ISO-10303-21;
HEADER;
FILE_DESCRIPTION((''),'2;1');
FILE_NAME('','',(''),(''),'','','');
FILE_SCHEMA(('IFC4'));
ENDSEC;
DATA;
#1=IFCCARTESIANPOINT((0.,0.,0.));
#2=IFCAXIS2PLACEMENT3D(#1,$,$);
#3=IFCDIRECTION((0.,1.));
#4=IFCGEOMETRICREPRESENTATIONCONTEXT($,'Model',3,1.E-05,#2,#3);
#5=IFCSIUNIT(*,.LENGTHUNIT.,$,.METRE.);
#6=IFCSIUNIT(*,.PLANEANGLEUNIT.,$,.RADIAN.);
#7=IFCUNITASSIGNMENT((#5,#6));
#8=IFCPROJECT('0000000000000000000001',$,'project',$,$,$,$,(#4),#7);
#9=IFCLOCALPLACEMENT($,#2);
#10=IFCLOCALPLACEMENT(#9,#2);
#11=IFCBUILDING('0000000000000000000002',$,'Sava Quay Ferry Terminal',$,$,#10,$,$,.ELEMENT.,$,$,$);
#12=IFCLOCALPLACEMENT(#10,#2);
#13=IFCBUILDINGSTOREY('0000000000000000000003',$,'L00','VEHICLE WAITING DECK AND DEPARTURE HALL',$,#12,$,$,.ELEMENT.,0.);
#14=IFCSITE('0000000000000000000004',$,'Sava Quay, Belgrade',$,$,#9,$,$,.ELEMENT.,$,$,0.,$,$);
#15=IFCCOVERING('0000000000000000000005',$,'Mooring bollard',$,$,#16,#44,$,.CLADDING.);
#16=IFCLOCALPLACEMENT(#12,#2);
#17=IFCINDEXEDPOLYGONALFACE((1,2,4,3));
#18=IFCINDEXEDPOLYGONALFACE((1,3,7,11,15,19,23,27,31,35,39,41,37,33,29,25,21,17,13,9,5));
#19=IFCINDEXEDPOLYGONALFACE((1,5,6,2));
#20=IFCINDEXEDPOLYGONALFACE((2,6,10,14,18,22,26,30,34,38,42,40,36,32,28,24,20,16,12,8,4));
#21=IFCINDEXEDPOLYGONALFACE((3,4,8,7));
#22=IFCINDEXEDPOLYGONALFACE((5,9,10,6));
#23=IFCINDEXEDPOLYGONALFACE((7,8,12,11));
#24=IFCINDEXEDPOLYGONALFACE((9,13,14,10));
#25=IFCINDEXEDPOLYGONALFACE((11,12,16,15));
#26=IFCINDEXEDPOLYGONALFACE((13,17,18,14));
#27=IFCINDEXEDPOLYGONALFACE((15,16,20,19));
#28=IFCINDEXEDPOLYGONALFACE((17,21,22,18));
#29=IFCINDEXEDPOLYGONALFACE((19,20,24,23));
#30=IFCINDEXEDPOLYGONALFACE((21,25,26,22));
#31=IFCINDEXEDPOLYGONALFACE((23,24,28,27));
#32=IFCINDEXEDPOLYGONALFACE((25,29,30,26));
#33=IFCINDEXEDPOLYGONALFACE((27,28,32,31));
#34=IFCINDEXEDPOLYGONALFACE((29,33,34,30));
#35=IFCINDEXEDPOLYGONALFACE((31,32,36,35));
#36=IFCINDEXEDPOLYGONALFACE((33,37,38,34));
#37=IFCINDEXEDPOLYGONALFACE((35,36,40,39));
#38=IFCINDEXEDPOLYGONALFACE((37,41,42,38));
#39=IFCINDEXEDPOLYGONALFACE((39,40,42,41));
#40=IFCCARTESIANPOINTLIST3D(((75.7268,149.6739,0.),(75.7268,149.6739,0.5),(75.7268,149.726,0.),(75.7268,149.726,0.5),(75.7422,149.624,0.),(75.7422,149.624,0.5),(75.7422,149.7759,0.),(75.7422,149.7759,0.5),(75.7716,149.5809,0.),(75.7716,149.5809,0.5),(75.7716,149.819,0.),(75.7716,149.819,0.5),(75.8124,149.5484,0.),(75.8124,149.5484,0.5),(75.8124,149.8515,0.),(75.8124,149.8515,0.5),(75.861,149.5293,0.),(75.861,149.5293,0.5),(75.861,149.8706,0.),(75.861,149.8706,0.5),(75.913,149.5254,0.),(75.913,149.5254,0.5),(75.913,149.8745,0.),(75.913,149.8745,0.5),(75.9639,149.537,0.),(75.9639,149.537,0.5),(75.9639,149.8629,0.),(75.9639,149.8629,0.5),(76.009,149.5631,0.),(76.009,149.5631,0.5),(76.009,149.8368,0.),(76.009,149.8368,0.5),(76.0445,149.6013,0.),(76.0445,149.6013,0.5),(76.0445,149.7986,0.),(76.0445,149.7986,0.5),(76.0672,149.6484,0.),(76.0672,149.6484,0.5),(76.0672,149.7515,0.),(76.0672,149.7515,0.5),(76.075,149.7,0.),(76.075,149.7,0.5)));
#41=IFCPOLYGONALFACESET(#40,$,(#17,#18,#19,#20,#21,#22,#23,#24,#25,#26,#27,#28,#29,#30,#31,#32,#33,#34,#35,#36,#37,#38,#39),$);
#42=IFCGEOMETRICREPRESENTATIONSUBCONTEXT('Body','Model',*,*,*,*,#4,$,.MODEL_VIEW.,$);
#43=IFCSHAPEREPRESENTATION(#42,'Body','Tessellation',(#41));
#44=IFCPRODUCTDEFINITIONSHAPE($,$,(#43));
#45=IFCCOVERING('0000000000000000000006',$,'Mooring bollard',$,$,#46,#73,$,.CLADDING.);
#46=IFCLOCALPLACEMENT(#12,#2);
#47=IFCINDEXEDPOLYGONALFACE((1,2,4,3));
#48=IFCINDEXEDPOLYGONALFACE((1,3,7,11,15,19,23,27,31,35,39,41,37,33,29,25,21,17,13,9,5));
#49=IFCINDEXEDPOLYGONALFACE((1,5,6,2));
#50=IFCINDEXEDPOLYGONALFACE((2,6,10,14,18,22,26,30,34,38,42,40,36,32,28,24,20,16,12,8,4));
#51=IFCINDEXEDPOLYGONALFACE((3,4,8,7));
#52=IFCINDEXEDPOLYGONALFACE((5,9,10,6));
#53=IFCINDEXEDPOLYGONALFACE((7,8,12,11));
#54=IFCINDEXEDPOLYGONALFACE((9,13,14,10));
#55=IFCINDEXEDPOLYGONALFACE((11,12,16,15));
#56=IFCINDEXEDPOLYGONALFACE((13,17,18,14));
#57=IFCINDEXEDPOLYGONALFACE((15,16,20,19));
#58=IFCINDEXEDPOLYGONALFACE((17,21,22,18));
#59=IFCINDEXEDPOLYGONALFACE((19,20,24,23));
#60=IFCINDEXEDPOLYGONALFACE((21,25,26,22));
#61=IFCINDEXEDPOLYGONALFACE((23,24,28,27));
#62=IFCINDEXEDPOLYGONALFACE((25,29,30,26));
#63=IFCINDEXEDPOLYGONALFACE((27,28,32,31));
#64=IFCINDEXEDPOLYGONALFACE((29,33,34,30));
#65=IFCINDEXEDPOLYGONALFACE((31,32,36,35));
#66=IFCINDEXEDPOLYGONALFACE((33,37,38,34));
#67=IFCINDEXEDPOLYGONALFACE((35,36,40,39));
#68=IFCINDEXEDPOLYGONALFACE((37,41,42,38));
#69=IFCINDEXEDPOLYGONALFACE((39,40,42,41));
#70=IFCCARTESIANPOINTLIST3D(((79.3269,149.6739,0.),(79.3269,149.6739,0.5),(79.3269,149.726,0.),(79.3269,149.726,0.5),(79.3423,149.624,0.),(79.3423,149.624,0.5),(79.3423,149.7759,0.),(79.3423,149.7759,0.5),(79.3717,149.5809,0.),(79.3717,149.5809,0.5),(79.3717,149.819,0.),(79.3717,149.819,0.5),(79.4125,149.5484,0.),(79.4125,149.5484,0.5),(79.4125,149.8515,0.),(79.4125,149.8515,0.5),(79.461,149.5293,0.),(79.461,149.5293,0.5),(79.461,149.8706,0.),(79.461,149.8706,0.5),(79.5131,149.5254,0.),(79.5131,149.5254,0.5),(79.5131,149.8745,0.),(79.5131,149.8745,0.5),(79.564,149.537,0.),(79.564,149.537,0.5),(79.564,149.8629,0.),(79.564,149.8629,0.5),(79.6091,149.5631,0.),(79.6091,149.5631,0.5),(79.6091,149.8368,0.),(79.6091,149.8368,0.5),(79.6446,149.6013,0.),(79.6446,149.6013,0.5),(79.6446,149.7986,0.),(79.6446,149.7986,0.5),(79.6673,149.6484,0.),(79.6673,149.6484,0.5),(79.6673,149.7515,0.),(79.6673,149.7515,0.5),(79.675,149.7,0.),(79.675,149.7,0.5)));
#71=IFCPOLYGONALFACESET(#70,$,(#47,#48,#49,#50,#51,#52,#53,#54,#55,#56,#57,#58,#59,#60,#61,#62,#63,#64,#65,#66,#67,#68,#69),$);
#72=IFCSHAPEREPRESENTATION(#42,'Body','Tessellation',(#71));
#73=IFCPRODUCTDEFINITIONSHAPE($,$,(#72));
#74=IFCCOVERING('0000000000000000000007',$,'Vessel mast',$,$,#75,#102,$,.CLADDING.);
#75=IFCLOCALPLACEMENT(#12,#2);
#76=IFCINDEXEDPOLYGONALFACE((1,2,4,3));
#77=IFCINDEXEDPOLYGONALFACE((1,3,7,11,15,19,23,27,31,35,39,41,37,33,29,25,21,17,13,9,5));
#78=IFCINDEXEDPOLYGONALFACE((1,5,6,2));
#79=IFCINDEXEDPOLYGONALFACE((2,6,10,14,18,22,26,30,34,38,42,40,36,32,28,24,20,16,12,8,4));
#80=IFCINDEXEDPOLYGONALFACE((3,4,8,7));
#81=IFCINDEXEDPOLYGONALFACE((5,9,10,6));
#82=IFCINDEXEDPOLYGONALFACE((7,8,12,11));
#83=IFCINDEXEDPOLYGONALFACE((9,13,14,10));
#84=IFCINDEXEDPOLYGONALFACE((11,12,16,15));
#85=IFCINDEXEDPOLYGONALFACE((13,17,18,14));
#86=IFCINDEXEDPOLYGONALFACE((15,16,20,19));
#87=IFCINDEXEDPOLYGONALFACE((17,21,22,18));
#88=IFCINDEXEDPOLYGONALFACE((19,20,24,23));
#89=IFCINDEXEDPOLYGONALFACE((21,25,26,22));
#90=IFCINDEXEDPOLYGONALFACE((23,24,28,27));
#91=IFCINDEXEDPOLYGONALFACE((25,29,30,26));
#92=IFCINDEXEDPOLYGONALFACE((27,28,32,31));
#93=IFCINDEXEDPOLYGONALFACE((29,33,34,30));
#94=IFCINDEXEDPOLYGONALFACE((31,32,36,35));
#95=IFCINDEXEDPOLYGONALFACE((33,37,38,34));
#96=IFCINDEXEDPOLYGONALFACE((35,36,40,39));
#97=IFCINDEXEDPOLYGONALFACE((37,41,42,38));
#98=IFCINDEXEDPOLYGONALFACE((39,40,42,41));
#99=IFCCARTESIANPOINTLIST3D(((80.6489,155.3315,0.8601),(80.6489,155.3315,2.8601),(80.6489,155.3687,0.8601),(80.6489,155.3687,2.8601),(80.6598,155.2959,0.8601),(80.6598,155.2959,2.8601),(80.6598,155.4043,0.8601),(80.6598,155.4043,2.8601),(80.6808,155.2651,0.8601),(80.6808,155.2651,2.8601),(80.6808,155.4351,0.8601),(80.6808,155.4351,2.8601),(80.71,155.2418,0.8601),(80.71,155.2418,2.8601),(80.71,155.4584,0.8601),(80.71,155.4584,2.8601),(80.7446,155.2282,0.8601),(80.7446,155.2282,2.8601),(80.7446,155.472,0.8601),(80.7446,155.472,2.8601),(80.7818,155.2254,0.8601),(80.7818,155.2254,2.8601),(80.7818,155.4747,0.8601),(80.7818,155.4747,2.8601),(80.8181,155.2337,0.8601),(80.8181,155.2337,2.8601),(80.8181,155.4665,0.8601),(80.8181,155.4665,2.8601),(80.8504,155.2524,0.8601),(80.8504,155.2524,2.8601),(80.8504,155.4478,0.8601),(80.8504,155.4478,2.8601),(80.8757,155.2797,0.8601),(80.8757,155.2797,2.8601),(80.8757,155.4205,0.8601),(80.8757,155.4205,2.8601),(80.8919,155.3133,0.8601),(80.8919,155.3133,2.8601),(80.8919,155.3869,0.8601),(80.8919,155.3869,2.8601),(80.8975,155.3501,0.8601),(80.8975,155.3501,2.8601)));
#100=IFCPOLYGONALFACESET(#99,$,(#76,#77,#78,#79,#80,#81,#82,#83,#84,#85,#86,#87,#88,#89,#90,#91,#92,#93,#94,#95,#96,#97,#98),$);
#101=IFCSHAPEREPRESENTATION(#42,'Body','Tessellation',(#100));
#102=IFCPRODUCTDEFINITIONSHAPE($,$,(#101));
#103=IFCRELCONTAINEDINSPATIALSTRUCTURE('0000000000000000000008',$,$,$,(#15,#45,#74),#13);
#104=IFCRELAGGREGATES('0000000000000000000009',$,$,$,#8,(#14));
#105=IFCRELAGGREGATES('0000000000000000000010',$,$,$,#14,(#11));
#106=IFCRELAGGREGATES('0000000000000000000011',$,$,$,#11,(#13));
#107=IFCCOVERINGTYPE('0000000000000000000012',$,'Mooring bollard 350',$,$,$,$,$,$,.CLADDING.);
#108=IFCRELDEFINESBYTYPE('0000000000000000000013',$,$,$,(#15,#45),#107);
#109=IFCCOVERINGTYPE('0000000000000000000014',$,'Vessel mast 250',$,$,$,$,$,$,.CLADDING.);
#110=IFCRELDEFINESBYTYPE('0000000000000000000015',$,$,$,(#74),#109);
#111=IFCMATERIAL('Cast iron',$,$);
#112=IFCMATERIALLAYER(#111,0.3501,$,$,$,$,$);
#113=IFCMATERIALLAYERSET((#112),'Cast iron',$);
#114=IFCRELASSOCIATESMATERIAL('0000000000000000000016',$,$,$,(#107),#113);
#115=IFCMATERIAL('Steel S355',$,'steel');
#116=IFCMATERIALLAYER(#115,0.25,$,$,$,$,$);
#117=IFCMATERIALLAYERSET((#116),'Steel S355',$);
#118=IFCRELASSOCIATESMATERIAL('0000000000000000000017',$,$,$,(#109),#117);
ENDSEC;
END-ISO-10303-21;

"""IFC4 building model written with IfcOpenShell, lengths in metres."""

from ifc_helpers import new_model, si_unit, direction, frame, origin, origin_2d, place, context, subcontext, project, spatial, circle, extrude, material, layer, layer_set, type_object, element, save


model = new_model("IFC4")

# Units and contexts
model_context = context("Model", 3, precision=1e-05, world=origin(), true_north=direction((0.0, 1.0)))
body_context = subcontext(model_context, "Body", "Model", "MODEL_VIEW")
ifc_project = project(units=[si_unit("LENGTHUNIT", "METRE"), si_unit("PLANEANGLEUNIT", "RADIAN")], contexts=[model_context])

# Site, building, storey
site_placement = place(None, origin())
site = spatial("IfcSite", under=ifc_project, at=site_placement, Name="Sava Quay, Belgrade", CompositionType="ELEMENT", RefElevation=0.0)
building_placement = place(site_placement, origin())
building = spatial("IfcBuilding", under=site, at=building_placement, Name="Sava Quay Ferry Terminal", CompositionType="ELEMENT")
storey_placement = place(building_placement, origin())
storey = spatial("IfcBuildingStorey", under=building, at=storey_placement, Name="L00", Description="VEHICLE WAITING DECK AND DEPARTURE HALL", CompositionType="ELEMENT", Elevation=0.0)

# Coverings
ifc_material_1 = material(Name="Cast iron")
ifc_layer_1 = layer(ifc_material_1, 0.3501)
ifc_layer_set_1 = layer_set([ifc_layer_1], Name="Cast iron")
covering_type_1 = type_object("IfcCoveringType", Name="Mooring bollard 350", PredefinedType="CLADDING", material=ifc_layer_set_1)
for number, where, z_axis, x_axis, name in (
    (1, (75.8999, 149.7, 0.5), (0.0, 0.0, -1.0), (1.0, 0.0, 0.0), "Mooring bollard"),
    (2, (79.5, 149.7, 0.5), (0.0, 0.0, -1.0), (1.0, 0.0, 0.0), "Mooring bollard"),
):
    element("IfcCovering", number, at=place(storey_placement, frame(where, z_axis=z_axis, x_axis=x_axis)), inside=storey, type_object=covering_type_1, Name=name, PredefinedType="CLADDING", context=body_context, shape_type="SweptSolid", body=[
        extrude(circle(Radius=0.175, at=origin_2d()), origin(), (0.0, 0.0, 1.0), 0.5),
    ])
ifc_material_2 = material(Name="Steel S355", Category="steel")
ifc_layer_2 = layer(ifc_material_2, 0.25)
ifc_layer_set_2 = layer_set([ifc_layer_2], Name="Steel S355")
covering_type_2 = type_object("IfcCoveringType", Name="Vessel mast 250", PredefinedType="CLADDING", material=ifc_layer_set_2)
covering_placement = place(storey_placement, frame((80.7725, 155.3501, 2.8601), z_axis=(0.0, 0.0, -1.0), x_axis=(1.0, 0.0, 0.0)))
element("IfcCovering", 3, at=covering_placement, inside=storey, type_object=covering_type_2, Name="Vessel mast", PredefinedType="CLADDING", context=body_context, shape_type="SweptSolid", body=[
    extrude(circle(Radius=0.125, at=origin_2d()), origin(), (0.0, 0.0, 1.0), 2.0),
])

save(model, "model.ifc")
